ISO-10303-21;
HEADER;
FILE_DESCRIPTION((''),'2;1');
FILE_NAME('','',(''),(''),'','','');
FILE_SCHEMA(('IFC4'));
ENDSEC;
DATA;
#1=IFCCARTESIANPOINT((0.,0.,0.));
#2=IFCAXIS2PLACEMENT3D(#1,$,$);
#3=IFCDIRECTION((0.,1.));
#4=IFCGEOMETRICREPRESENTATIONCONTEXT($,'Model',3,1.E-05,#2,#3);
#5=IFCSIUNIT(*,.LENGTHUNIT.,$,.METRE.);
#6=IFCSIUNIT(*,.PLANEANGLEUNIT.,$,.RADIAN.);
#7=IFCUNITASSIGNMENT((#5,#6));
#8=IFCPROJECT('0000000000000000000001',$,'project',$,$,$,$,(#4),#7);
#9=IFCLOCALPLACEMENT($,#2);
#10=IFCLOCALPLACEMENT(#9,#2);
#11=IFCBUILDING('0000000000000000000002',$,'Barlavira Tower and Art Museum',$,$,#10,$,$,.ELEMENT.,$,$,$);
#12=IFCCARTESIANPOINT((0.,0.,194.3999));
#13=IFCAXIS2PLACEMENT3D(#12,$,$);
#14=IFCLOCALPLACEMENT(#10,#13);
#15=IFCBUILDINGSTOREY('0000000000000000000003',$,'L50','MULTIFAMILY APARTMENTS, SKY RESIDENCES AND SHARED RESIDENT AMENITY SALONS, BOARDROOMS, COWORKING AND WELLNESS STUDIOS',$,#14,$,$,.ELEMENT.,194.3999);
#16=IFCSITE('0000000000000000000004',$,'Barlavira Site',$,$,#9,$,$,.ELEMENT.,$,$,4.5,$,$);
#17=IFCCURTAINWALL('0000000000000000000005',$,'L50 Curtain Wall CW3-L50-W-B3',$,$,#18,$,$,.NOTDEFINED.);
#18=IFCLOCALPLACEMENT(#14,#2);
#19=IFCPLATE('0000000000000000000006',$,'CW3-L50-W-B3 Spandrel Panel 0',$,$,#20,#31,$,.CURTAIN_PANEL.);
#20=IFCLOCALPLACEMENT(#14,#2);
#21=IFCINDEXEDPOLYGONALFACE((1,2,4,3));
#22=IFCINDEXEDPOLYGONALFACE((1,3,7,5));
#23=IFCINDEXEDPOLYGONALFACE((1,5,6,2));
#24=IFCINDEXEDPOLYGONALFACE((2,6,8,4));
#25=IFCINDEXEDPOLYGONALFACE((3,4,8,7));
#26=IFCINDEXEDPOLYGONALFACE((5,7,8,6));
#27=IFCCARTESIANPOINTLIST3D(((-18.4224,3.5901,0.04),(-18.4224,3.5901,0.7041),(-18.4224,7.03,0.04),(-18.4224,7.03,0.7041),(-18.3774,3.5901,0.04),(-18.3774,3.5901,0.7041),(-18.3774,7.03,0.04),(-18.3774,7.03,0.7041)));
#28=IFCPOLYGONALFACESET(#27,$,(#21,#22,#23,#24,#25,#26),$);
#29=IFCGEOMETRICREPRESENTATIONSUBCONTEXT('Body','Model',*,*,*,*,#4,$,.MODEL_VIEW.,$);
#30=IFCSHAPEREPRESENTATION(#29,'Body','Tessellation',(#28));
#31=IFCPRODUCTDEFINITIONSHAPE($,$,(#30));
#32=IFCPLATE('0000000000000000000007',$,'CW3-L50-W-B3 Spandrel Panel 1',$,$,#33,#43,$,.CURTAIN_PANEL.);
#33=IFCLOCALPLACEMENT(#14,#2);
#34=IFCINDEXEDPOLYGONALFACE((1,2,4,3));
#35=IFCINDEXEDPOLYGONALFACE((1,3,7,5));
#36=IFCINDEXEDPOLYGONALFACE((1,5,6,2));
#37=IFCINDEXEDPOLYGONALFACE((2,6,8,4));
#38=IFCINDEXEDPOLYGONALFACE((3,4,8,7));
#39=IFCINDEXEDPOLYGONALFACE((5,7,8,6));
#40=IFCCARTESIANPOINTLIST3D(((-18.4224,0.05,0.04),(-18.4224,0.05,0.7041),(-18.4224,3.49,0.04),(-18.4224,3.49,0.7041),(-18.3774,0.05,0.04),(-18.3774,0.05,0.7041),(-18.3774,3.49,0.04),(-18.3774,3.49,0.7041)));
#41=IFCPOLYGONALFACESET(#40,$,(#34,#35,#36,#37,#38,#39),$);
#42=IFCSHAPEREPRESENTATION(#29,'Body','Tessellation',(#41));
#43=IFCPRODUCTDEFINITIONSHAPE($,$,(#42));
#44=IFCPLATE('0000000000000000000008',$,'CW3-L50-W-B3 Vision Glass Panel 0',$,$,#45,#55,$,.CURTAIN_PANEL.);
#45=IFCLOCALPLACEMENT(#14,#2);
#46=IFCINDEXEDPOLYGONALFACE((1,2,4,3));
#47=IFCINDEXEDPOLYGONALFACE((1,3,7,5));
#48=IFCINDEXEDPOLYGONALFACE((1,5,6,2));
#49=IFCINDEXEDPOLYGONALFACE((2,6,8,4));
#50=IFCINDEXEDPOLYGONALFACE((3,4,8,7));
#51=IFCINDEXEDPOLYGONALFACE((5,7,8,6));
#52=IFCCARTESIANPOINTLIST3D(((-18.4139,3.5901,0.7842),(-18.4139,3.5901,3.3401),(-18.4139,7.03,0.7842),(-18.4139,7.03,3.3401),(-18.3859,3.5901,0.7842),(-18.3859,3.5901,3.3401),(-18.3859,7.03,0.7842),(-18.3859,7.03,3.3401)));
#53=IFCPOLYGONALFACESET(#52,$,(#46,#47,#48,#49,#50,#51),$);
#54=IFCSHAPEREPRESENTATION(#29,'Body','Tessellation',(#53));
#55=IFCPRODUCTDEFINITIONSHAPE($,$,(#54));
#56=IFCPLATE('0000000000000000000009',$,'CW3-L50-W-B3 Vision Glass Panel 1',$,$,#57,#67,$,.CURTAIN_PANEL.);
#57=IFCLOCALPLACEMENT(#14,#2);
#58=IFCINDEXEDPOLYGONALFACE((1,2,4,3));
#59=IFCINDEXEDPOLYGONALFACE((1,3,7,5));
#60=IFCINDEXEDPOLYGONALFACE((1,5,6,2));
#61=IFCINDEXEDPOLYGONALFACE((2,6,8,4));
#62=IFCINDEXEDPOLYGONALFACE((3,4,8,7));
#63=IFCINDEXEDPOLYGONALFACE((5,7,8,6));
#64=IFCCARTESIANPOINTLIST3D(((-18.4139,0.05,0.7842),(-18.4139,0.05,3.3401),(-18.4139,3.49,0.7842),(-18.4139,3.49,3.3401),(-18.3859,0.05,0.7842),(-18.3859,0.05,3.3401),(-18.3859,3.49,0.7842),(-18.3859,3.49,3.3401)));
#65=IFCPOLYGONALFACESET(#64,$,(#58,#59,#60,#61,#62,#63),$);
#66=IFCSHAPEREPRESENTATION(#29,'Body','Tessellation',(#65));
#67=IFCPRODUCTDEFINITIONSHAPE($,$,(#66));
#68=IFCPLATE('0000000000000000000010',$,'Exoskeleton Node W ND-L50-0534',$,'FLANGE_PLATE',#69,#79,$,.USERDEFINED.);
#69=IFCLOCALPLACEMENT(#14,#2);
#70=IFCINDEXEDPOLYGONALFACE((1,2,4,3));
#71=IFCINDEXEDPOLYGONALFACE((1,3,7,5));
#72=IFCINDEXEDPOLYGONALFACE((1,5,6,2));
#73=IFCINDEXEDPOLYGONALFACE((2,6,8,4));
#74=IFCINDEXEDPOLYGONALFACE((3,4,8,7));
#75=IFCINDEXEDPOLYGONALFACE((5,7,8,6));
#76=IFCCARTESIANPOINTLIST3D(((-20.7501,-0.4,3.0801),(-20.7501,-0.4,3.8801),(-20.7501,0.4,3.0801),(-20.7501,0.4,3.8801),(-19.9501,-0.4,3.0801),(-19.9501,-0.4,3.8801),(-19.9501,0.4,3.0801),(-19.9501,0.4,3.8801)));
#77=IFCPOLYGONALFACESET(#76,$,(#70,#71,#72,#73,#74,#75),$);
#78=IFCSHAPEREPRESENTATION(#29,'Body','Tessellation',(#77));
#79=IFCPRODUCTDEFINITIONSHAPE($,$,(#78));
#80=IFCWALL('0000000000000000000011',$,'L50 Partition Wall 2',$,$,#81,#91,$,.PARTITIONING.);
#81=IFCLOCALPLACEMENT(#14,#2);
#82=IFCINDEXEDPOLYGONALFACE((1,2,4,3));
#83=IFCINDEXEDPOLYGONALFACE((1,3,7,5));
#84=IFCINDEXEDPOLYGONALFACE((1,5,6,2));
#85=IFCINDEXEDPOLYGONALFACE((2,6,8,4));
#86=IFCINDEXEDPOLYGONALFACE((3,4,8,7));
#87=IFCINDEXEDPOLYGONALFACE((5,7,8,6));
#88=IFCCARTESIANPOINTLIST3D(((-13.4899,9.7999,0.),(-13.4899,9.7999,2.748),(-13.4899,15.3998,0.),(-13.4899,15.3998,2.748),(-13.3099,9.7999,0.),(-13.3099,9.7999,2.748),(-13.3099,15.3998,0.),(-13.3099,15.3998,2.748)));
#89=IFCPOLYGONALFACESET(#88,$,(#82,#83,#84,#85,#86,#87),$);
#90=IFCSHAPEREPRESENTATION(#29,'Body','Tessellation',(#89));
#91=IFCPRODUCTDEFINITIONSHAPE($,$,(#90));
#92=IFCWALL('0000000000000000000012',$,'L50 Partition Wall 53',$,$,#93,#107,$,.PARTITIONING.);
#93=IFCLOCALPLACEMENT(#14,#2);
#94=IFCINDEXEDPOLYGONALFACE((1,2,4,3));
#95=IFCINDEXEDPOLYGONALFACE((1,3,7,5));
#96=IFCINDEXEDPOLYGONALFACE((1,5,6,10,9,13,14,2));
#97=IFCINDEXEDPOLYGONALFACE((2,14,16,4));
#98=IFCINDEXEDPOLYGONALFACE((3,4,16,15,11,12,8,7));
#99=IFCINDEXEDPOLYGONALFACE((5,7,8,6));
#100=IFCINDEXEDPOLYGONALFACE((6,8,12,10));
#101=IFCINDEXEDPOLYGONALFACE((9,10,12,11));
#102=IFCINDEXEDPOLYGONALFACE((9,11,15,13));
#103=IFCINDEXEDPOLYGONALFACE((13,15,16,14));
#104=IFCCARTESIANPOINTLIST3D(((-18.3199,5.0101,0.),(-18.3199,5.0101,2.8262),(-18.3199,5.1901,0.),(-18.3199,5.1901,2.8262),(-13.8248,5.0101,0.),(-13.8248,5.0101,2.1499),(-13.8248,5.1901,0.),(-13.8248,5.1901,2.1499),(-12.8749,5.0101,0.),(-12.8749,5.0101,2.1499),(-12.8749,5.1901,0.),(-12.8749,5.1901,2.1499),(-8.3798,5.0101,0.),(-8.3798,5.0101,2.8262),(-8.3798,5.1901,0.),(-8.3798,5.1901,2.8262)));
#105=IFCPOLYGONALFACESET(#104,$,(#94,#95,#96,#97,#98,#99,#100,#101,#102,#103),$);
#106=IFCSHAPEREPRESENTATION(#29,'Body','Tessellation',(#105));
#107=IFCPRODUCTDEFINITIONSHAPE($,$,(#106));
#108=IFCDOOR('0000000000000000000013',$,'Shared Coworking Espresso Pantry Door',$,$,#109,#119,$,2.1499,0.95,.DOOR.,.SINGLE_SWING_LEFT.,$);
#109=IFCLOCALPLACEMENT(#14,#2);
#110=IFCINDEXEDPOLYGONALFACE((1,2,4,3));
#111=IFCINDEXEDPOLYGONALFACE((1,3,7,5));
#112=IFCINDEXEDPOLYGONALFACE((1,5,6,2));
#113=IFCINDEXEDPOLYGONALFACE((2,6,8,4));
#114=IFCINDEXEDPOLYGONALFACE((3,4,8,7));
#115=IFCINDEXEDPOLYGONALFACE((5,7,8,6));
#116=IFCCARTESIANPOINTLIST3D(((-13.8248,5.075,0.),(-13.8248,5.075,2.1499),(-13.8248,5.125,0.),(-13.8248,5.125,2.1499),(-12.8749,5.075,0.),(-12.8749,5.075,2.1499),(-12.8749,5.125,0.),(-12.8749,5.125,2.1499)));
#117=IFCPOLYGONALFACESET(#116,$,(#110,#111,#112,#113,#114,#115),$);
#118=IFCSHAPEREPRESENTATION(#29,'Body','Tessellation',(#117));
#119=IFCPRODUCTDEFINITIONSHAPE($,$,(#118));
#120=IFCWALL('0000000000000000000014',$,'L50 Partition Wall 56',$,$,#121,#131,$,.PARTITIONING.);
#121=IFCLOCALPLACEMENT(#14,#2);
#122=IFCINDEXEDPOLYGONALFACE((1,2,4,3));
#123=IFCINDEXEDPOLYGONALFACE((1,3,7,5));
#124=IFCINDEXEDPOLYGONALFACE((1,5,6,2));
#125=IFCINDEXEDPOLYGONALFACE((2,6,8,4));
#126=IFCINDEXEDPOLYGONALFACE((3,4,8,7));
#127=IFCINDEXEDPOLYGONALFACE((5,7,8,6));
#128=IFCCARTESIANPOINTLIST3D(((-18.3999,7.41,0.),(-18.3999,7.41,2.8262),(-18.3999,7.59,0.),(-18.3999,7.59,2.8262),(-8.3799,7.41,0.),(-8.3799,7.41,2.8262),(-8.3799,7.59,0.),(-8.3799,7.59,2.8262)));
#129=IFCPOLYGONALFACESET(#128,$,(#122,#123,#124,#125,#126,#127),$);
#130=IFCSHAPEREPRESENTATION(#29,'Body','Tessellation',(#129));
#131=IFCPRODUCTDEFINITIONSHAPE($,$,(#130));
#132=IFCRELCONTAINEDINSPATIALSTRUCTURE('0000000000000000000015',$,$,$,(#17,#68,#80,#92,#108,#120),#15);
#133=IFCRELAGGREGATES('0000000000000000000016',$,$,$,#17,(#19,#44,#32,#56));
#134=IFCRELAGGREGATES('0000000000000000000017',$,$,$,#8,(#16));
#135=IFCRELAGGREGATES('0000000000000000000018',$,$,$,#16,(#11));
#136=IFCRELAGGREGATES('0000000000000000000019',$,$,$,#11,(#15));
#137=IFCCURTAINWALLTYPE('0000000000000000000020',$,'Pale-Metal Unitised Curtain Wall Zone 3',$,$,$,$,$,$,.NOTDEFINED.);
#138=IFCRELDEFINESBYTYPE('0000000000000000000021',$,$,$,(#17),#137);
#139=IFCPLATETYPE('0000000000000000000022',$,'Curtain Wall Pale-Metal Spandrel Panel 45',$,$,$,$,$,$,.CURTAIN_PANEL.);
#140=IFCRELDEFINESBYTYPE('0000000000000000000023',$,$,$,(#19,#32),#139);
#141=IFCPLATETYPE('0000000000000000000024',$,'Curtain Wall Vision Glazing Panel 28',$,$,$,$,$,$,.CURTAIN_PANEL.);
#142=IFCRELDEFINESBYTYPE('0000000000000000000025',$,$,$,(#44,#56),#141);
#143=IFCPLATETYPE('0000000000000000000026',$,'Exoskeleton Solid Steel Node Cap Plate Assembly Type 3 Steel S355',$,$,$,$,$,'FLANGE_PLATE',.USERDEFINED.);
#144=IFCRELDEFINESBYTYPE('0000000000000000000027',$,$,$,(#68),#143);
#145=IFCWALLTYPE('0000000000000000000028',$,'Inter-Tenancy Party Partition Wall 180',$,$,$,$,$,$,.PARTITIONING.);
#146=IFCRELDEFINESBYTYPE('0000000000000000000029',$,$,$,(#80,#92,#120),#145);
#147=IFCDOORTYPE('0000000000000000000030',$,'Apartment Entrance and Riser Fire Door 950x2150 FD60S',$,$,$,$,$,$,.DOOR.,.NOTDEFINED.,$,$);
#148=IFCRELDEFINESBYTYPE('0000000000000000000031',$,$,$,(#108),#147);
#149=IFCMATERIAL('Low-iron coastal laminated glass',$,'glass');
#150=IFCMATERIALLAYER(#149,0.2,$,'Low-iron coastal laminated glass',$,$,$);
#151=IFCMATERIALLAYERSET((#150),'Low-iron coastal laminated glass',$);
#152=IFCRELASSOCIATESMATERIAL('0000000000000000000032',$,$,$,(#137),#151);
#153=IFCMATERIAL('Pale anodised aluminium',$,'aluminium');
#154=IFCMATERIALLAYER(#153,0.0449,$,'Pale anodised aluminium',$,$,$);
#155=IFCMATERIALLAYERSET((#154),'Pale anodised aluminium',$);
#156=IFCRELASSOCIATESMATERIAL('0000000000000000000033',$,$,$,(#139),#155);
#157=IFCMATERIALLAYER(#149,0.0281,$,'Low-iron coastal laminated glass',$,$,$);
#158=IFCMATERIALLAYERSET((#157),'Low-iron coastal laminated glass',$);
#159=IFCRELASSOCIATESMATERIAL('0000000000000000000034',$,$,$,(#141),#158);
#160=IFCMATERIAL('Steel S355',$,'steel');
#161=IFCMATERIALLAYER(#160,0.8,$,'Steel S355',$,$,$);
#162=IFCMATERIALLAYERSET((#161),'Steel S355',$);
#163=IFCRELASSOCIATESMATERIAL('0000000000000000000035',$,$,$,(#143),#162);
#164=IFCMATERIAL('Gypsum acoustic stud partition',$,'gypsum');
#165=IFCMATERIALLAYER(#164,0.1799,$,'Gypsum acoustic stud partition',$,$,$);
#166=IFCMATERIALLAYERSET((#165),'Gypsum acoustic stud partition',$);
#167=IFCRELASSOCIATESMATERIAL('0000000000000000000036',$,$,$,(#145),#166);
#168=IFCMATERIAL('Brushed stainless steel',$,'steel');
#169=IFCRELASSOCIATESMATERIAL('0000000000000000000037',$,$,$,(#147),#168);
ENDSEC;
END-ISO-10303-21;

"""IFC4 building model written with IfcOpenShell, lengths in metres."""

from ifc_helpers import new_model, si_unit, direction, frame, frame_2d, origin, origin_2d, place, context, subcontext, project, spatial, rectangle, extrude, material, layer, layer_set, type_object, element, fill, aggregate, save


model = new_model("IFC4")

# Units and contexts
model_context = context("Model", 3, precision=1e-05, world=origin(), true_north=direction((0.0, 1.0)))
body_context = subcontext(model_context, "Body", "Model", "MODEL_VIEW")
ifc_project = project(units=[si_unit("LENGTHUNIT", "METRE"), si_unit("PLANEANGLEUNIT", "RADIAN")], contexts=[model_context])

# Site, building, storey
site_placement = place(None, origin())
site = spatial("IfcSite", under=ifc_project, at=site_placement, Name="Barlavira Site", CompositionType="ELEMENT", RefElevation=4.5)
building_placement = place(site_placement, origin())
building = spatial("IfcBuilding", under=site, at=building_placement, Name="Barlavira Tower and Art Museum", CompositionType="ELEMENT")
storey_placement = place(building_placement, frame((0.0, 0.0, 194.3999)))
storey = spatial("IfcBuildingStorey", under=building, at=storey_placement, Name="L50", Description="MULTIFAMILY APARTMENTS, SKY RESIDENCES AND SHARED RESIDENT AMENITY SALONS, BOARDROOMS, COWORKING AND WELLNESS STUDIOS", CompositionType="ELEMENT", Elevation=194.3999)

# Curtain wall
ifc_material_1 = material(Name="Low-iron coastal laminated glass", Category="glass")
ifc_layer_1 = layer(ifc_material_1, 0.2, Name="Low-iron coastal laminated glass")
ifc_layer_set_1 = layer_set([ifc_layer_1], Name="Low-iron coastal laminated glass")
curtain_wall_type = type_object("IfcCurtainWallType", Name="Pale-Metal Unitised Curtain Wall Zone 3", PredefinedType="NOTDEFINED", material=ifc_layer_set_1)
curtain_wall_placement = place(storey_placement, origin())
curtain_wall = element("IfcCurtainWall", 1, at=curtain_wall_placement, inside=storey, type_object=curtain_wall_type, Name="L50 Curtain Wall CW3-L50-W-B3", PredefinedType="NOTDEFINED")
ifc_material_2 = material(Name="Pale anodised aluminium", Category="aluminium")

# Shared definitions
ifc_material_3 = material(Name="Steel S355", Category="steel")

# Plates
ifc_layer_2 = layer(ifc_material_2, 0.0449, Name="Pale anodised aluminium")
ifc_layer_set_2 = layer_set([ifc_layer_2], Name="Pale anodised aluminium")
plate_type_1 = type_object("IfcPlateType", Name="Curtain Wall Pale-Metal Spandrel Panel 45", PredefinedType="CURTAIN_PANEL", material=ifc_layer_set_2)
plate_1_placement = place(storey_placement, frame((-18.3999, 5.3101, 0.04), z_axis=(0.0, 0.0, 1.0), x_axis=(0.0, -1.0, 0.0)))
plate_1 = element("IfcPlate", 2, at=plate_1_placement, type_object=plate_type_1, Name="CW3-L50-W-B3 Spandrel Panel 0", PredefinedType="CURTAIN_PANEL", context=body_context, shape_type="SweptSolid", body=[
    extrude(rectangle(XDim=3.4399, YDim=0.0449, at=origin_2d()), origin(), (0.0, 0.0, 1.0), 0.6641),
])
plate_2_placement = place(storey_placement, frame((-18.3999, 1.77, 0.04), z_axis=(0.0, 0.0, 1.0), x_axis=(0.0, -1.0, 0.0)))
plate_2 = element("IfcPlate", 3, at=plate_2_placement, type_object=plate_type_1, Name="CW3-L50-W-B3 Spandrel Panel 1", PredefinedType="CURTAIN_PANEL", context=body_context, shape_type="SweptSolid", body=[
    extrude(rectangle(XDim=3.4399, YDim=0.0449, at=origin_2d()), origin(), (0.0, 0.0, 1.0), 0.6641),
])
ifc_layer_3 = layer(ifc_material_1, 0.0281, Name="Low-iron coastal laminated glass")
ifc_layer_set_3 = layer_set([ifc_layer_3], Name="Low-iron coastal laminated glass")
plate_type_2 = type_object("IfcPlateType", Name="Curtain Wall Vision Glazing Panel 28", PredefinedType="CURTAIN_PANEL", material=ifc_layer_set_3)
plate_3_placement = place(storey_placement, frame((-18.3999, 5.3101, 0.7842), z_axis=(0.0, 0.0, 1.0), x_axis=(0.0, -1.0, 0.0)))
plate_3 = element("IfcPlate", 4, at=plate_3_placement, type_object=plate_type_2, Name="CW3-L50-W-B3 Vision Glass Panel 0", PredefinedType="CURTAIN_PANEL", context=body_context, shape_type="SweptSolid", body=[
    extrude(rectangle(XDim=3.4399, YDim=0.0281, at=origin_2d()), origin(), (0.0, 0.0, 1.0), 2.5559),
])
plate_4_placement = place(storey_placement, frame((-18.3999, 1.77, 0.7842), z_axis=(0.0, 0.0, 1.0), x_axis=(0.0, -1.0, 0.0)))
plate_4 = element("IfcPlate", 5, at=plate_4_placement, type_object=plate_type_2, Name="CW3-L50-W-B3 Vision Glass Panel 1", PredefinedType="CURTAIN_PANEL", context=body_context, shape_type="SweptSolid", body=[
    extrude(rectangle(XDim=3.4399, YDim=0.0281, at=origin_2d()), origin(), (0.0, 0.0, 1.0), 2.5559),
])
aggregate(curtain_wall, [plate_1, plate_3, plate_2, plate_4])
ifc_layer_4 = layer(ifc_material_3, 0.8, Name="Steel S355")
ifc_layer_set_4 = layer_set([ifc_layer_4], Name="Steel S355")
plate_type_3 = type_object("IfcPlateType", Name="Exoskeleton Solid Steel Node Cap Plate Assembly Type 3 Steel S355", ElementType="FLANGE_PLATE", PredefinedType="USERDEFINED", material=ifc_layer_set_4)
plate_5_placement = place(storey_placement, frame((-20.3501, 0.0, 3.0801), z_axis=(0.0, 0.0, 1.0), x_axis=(1.0, 0.0, 0.0)))
element("IfcPlate", 6, at=plate_5_placement, inside=storey, type_object=plate_type_3, Name="Exoskeleton Node W ND-L50-0534", ObjectType="FLANGE_PLATE", PredefinedType="USERDEFINED", context=body_context, shape_type="SweptSolid", body=[
    extrude(rectangle(XDim=0.8, YDim=0.8, at=origin_2d()), origin(), (0.0, 0.0, 1.0), 0.8),
])

# Wall
ifc_material_4 = material(Name="Gypsum acoustic stud partition", Category="gypsum")
ifc_layer_5 = layer(ifc_material_4, 0.1799, Name="Gypsum acoustic stud partition")
ifc_layer_set_5 = layer_set([ifc_layer_5], Name="Gypsum acoustic stud partition")
wall_type = type_object("IfcWallType", Name="Inter-Tenancy Party Partition Wall 180", PredefinedType="PARTITIONING", material=ifc_layer_set_5)
wall_1_placement = place(storey_placement, frame((-13.3999, 9.8, 0.0), z_axis=(0.0, 0.0, 1.0), x_axis=(0.0, 1.0, 0.0)))
element("IfcWall", 7, at=wall_1_placement, inside=storey, type_object=wall_type, Name="L50 Partition Wall 2", PredefinedType="PARTITIONING", context=body_context, shape_type="SweptSolid", body=[
    extrude(rectangle(XDim=5.5999, YDim=0.1799, at=frame_2d((2.7998, 0.0))), origin(), (0.0, 0.0, 1.0), 2.748),
])

# Wall, opening, door
wall_2_placement = place(storey_placement, frame((-18.3201, 5.1001, 0.0), z_axis=(0.0, 0.0, 1.0), x_axis=(1.0, 0.0, 0.0)))
wall_2 = element("IfcWall", 8, at=wall_2_placement, inside=storey, type_object=wall_type, Name="L50 Partition Wall 53", PredefinedType="PARTITIONING", context=body_context, shape_type="SweptSolid", body=[
    extrude(rectangle(XDim=9.9402, YDim=0.1799, at=frame_2d((4.9702, 0.0))), origin(), (0.0, 0.0, 1.0), 2.8262),
])
opening_placement = place(wall_2_placement, frame((4.4951, 0.0, 0.0)))
opening = element("IfcOpeningElement", 9, at=opening_placement, cuts=wall_2, PredefinedType="OPENING", context=body_context, shape_type="SweptSolid", body=[
    extrude(rectangle(XDim=0.95, YDim=2.1499, at=frame_2d((0.4751, 1.075))), frame((0.0, 0.1001, 0.0), z_axis=(0.0, -1.0, 0.0), x_axis=(1.0, 0.0, 0.0)), (0.0, 0.0, 1.0), 0.2),
])
ifc_material_5 = material(Name="Brushed stainless steel", Category="steel")
door_type = type_object("IfcDoorType", Name="Apartment Entrance and Riser Fire Door 950x2150 FD60S", OperationType="NOTDEFINED", PredefinedType="DOOR", material=ifc_material_5)
door_placement = place(opening_placement, origin())
door = element("IfcDoor", 10, at=door_placement, inside=storey, type_object=door_type, Name="Shared Coworking Espresso Pantry Door", OperationType="SINGLE_SWING_LEFT", OverallHeight=2.1499, OverallWidth=0.95, PredefinedType="DOOR", context=body_context, shape_type="SweptSolid", body=[
    extrude(rectangle(XDim=0.95, YDim=2.1499, at=frame_2d((0.4751, 1.075))), frame((0.0, 0.0249, 0.0), z_axis=(0.0, -1.0, 0.0), x_axis=(1.0, 0.0, 0.0)), (0.0, 0.0, 1.0), 0.05),
])
fill(opening, door)

# Wall
wall_3_placement = place(storey_placement, frame((-18.3999, 7.5, 0.0), z_axis=(0.0, 0.0, 1.0), x_axis=(1.0, 0.0, 0.0)))
element("IfcWall", 11, at=wall_3_placement, inside=storey, type_object=wall_type, Name="L50 Partition Wall 56", PredefinedType="PARTITIONING", context=body_context, shape_type="SweptSolid", body=[
    extrude(rectangle(XDim=10.02, YDim=0.1799, at=frame_2d((5.01, 0.0))), origin(), (0.0, 0.0, 1.0), 2.8262),
])

save(model, "model.ifc")
